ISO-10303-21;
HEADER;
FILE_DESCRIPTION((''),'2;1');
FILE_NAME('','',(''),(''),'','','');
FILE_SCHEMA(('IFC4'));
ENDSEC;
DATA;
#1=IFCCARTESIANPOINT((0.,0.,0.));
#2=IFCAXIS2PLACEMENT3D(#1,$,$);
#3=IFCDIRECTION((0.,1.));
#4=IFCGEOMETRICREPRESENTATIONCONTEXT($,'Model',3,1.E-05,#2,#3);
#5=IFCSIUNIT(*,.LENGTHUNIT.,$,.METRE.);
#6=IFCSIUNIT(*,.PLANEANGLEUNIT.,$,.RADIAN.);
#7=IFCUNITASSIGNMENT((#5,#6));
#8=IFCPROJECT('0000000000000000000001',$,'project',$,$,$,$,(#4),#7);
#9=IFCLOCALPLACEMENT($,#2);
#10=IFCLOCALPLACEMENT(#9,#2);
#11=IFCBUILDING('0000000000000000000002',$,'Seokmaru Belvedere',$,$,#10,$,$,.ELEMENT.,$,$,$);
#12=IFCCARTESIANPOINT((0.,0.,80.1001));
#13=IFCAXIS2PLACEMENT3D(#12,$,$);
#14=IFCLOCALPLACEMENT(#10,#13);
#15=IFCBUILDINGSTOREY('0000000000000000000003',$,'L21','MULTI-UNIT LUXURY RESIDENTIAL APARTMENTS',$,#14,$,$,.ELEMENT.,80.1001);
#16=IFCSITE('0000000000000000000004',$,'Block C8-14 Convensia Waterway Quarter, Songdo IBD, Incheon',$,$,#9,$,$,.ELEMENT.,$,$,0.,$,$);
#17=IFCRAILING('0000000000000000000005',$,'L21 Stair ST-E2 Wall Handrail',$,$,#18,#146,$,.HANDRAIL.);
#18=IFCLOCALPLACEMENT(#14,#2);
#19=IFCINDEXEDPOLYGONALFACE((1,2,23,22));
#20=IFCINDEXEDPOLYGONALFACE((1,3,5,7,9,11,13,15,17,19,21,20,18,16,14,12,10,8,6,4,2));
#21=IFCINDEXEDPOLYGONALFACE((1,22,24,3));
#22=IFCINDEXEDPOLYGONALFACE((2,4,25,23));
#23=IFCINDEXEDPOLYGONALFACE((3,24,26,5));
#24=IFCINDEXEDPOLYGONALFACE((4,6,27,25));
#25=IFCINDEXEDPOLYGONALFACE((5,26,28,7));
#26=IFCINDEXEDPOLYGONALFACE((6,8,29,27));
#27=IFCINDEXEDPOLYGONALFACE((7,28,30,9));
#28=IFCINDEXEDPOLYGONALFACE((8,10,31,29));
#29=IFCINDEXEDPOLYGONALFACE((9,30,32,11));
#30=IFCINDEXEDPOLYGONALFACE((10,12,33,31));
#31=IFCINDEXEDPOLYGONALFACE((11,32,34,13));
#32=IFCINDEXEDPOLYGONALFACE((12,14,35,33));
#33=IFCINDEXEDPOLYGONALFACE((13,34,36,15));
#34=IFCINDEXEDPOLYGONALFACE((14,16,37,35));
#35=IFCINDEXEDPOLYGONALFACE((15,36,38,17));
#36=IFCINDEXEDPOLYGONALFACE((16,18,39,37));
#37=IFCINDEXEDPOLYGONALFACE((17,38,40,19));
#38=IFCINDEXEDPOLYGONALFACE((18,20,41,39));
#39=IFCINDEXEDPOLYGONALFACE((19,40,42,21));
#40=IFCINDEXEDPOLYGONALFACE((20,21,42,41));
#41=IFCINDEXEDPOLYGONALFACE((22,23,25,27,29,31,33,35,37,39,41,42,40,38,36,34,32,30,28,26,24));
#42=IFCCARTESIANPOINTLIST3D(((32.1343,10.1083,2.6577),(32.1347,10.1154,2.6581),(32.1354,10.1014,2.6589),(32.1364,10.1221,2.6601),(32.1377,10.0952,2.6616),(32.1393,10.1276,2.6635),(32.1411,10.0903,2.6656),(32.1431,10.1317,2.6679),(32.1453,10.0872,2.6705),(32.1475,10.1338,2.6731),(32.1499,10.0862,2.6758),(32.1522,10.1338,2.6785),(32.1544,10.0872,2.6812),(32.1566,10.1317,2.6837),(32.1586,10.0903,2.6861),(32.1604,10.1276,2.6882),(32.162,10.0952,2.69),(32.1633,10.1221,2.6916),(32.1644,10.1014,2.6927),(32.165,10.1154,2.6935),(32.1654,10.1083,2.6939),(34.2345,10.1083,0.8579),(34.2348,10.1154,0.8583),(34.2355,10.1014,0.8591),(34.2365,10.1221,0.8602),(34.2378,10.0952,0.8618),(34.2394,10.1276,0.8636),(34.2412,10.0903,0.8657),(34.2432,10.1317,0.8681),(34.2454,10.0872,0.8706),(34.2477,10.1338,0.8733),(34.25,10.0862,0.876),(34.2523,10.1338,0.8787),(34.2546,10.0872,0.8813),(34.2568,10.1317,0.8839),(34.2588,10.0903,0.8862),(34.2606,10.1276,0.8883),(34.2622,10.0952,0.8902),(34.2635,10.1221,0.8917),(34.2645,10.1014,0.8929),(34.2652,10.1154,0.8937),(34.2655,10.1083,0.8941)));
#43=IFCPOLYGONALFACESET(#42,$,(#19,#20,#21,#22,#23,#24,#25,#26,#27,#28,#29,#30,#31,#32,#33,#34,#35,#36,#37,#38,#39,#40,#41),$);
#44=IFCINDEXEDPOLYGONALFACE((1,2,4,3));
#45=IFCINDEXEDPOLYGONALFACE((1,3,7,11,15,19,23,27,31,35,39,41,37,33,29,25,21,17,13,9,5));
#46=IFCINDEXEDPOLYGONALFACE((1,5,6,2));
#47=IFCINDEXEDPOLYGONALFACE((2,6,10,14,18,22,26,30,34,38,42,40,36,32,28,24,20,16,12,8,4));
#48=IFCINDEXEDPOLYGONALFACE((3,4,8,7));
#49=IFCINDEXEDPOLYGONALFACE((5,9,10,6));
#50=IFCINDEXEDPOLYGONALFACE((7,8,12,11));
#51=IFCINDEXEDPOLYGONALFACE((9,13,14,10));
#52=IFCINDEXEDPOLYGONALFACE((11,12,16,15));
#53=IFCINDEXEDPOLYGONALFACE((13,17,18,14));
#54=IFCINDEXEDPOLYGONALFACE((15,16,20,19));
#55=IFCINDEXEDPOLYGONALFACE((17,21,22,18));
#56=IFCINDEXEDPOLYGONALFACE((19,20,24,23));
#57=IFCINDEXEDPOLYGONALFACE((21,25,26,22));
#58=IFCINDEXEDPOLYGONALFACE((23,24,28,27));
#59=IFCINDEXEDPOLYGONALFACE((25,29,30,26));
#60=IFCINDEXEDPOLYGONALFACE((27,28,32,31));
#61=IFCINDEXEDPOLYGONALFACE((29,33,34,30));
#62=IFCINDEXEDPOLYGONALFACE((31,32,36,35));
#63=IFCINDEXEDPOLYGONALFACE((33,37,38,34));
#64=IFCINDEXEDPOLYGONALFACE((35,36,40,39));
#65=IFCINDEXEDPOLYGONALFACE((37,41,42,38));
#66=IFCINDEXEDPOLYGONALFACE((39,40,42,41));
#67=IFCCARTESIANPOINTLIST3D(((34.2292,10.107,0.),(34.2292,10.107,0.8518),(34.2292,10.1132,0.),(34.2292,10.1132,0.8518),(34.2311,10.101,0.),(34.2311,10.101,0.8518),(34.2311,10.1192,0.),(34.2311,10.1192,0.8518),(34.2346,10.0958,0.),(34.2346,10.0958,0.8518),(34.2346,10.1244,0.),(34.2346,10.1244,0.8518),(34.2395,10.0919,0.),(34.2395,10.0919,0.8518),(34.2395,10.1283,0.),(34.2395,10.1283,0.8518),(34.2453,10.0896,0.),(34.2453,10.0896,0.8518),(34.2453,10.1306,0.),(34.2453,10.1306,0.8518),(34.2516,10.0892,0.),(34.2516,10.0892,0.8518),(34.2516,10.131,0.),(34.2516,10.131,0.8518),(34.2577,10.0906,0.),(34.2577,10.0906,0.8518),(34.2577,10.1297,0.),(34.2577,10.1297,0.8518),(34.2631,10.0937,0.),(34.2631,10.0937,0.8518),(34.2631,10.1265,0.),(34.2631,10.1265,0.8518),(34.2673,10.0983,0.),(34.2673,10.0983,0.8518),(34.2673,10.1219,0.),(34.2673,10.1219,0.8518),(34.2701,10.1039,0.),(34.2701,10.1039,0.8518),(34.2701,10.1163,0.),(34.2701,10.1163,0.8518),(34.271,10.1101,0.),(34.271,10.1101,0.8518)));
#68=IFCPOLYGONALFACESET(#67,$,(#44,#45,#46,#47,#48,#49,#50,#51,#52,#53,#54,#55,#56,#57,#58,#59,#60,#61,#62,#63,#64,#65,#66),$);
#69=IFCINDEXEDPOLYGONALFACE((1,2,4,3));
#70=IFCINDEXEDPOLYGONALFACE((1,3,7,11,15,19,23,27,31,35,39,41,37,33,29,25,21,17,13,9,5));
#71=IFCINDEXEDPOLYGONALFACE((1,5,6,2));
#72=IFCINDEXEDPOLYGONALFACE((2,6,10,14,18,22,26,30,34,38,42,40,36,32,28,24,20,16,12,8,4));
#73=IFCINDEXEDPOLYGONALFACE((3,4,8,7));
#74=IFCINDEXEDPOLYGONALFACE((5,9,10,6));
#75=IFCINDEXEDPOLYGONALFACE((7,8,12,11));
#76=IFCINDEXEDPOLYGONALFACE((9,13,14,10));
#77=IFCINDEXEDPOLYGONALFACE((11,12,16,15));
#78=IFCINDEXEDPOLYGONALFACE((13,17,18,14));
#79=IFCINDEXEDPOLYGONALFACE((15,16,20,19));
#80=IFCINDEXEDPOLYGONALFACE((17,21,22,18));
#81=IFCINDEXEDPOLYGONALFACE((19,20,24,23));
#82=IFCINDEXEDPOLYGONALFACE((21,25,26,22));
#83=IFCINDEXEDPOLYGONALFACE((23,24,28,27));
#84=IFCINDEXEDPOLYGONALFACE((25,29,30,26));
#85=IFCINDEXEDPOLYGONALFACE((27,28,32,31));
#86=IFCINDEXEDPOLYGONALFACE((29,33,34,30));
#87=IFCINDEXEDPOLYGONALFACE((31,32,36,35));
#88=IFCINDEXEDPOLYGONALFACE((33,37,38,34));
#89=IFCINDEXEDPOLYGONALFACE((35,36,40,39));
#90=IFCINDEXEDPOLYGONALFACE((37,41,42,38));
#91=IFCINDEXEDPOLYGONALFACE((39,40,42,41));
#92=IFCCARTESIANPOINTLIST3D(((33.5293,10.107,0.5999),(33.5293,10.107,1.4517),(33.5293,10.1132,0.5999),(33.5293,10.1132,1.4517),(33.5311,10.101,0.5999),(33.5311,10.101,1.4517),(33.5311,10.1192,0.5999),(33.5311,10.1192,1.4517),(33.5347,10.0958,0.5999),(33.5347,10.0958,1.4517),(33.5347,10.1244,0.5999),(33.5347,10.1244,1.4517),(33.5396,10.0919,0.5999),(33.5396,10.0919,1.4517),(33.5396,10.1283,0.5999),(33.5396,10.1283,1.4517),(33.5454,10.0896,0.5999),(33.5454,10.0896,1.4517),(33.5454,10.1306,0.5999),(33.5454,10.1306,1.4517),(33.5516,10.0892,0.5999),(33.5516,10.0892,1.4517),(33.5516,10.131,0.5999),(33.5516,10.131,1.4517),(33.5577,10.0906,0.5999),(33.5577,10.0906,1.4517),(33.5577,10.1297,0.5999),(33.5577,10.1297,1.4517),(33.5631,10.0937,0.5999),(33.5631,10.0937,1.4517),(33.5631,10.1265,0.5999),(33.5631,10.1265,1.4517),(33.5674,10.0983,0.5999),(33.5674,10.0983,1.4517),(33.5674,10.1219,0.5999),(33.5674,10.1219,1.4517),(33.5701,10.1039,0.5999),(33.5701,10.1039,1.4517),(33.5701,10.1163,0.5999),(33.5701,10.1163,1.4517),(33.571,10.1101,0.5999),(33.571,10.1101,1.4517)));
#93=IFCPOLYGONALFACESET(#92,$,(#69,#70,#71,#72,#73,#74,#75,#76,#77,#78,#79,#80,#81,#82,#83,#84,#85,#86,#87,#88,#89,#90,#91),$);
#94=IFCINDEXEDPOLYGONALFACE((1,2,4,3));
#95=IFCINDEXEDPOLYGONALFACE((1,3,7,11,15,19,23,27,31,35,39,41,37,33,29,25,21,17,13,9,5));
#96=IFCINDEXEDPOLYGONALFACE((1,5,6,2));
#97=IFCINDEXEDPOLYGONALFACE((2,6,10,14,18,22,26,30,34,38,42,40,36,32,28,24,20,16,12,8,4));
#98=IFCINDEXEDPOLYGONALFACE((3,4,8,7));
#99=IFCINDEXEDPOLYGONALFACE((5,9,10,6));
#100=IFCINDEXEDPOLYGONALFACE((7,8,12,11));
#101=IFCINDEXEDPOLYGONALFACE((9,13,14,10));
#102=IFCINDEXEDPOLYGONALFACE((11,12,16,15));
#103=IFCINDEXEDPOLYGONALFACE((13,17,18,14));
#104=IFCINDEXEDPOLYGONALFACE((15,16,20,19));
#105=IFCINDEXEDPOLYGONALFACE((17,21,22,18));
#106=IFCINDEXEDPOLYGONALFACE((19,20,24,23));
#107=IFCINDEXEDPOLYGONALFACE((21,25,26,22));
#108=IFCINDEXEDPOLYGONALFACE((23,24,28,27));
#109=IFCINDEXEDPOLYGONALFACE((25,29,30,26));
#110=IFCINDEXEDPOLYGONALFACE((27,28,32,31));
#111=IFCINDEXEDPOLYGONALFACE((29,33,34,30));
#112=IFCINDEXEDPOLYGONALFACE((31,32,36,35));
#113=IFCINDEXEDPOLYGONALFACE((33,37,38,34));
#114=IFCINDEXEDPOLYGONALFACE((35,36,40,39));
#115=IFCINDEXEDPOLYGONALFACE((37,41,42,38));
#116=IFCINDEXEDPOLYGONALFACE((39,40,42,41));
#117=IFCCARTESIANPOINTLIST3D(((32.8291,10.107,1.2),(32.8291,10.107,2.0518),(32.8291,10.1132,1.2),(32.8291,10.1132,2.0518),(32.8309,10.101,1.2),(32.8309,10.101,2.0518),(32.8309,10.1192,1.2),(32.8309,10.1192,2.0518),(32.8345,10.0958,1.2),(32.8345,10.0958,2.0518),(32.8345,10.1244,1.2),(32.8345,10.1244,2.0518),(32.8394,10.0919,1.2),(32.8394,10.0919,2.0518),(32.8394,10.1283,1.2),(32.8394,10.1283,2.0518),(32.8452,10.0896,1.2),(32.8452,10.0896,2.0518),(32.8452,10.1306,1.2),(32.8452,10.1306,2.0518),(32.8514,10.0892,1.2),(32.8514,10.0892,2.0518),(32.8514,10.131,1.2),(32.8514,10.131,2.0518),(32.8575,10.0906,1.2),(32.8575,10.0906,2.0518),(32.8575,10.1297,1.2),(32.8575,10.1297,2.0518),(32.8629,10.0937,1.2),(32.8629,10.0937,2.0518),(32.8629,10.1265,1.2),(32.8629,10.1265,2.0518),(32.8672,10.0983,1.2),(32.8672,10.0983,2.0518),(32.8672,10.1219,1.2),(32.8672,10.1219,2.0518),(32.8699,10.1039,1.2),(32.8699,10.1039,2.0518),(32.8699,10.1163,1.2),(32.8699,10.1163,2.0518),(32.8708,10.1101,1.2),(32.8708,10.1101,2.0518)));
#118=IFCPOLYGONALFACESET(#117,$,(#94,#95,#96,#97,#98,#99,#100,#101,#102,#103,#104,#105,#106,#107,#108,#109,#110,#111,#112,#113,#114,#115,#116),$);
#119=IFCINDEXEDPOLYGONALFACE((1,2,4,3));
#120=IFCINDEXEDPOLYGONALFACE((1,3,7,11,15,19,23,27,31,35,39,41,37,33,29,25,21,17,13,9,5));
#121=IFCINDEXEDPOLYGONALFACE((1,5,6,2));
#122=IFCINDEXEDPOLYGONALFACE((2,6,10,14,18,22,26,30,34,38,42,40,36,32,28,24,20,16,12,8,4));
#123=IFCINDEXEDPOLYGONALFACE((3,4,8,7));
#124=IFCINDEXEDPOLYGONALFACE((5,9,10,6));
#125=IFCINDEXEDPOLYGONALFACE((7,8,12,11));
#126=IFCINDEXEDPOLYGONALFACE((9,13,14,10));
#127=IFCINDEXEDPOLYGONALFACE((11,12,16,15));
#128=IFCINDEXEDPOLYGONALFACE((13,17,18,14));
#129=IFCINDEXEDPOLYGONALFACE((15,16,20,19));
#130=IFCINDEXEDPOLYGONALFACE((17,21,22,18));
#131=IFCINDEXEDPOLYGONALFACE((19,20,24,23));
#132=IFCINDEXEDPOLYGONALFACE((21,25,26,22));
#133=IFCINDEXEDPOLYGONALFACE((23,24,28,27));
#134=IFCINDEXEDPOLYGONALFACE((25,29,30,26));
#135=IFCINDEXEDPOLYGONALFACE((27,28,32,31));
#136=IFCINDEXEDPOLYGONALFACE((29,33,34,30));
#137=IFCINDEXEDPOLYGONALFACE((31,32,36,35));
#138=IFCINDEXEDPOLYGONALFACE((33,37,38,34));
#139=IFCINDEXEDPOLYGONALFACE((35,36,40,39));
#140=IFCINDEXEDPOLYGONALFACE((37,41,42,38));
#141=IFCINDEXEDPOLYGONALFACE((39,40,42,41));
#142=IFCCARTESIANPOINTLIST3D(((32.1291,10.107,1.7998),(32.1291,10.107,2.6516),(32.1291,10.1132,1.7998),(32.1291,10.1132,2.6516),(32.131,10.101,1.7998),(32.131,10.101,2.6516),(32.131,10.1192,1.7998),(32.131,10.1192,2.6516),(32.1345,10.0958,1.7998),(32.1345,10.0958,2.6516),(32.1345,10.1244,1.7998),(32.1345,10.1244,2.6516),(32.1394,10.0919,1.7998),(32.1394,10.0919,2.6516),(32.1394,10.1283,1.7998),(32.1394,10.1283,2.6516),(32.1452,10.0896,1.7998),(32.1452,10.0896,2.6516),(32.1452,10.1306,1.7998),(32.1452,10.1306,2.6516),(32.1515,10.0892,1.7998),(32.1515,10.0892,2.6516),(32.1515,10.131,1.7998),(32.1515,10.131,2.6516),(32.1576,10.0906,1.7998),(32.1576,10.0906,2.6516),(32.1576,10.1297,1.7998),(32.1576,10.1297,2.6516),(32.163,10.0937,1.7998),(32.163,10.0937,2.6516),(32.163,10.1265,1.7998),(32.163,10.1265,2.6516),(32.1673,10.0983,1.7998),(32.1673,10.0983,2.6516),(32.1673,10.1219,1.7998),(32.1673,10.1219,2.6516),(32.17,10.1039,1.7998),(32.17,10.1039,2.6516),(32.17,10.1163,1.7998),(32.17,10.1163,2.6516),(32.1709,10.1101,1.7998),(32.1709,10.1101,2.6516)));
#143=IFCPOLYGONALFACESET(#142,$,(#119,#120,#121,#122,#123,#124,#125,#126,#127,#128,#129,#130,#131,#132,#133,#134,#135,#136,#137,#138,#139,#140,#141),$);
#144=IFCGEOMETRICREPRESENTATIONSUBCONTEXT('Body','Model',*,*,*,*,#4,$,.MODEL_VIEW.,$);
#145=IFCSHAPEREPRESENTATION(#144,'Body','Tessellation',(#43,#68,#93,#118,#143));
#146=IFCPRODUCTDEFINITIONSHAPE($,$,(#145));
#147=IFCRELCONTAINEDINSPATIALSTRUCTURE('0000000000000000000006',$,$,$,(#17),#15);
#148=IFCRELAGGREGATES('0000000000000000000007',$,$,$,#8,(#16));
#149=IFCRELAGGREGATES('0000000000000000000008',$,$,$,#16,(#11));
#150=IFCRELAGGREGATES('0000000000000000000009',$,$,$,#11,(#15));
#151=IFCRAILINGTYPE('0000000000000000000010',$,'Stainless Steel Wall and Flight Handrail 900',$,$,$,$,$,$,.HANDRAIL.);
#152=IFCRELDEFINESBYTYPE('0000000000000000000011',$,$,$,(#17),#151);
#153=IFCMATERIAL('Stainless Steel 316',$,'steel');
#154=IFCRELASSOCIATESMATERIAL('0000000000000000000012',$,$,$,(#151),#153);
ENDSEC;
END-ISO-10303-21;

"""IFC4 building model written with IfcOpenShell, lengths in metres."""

from ifc_helpers import new_model, si_unit, direction, frame, origin, origin_2d, place, context, subcontext, project, spatial, circle, extrude, material, type_object, element, save


model = new_model("IFC4")

# Units and contexts
model_context = context("Model", 3, precision=1e-05, world=origin(), true_north=direction((0.0, 1.0)))
body_context = subcontext(model_context, "Body", "Model", "MODEL_VIEW")
ifc_project = project(units=[si_unit("LENGTHUNIT", "METRE"), si_unit("PLANEANGLEUNIT", "RADIAN")], contexts=[model_context])

# Site, building, storey
site_placement = place(None, origin())
site = spatial("IfcSite", under=ifc_project, at=site_placement, Name="Block C8-14 Convensia Waterway Quarter, Songdo IBD, Incheon", CompositionType="ELEMENT", RefElevation=0.0)
building_placement = place(site_placement, origin())
building = spatial("IfcBuilding", under=site, at=building_placement, Name="Seokmaru Belvedere", CompositionType="ELEMENT")
storey_placement = place(building_placement, frame((0.0, 0.0, 80.1001)))
storey = spatial("IfcBuildingStorey", under=building, at=storey_placement, Name="L21", Description="MULTI-UNIT LUXURY RESIDENTIAL APARTMENTS", CompositionType="ELEMENT", Elevation=80.1001)

# Railing
ifc_material_1 = material(Name="Stainless Steel 316", Category="steel")
railing_type_1 = type_object("IfcRailingType", Name="Stainless Steel Wall and Flight Handrail 900", PredefinedType="HANDRAIL", material=ifc_material_1)
railing_1_placement = place(storey_placement, frame((34.25, 10.1101, 0.0)))
element("IfcRailing", 1, at=railing_1_placement, inside=storey, type_object=railing_type_1, Name="L21 Stair ST-E2 Wall Handrail", PredefinedType="HANDRAIL", context=body_context, shape_type="SweptSolid", body=[
    extrude(circle(Radius=0.0239, at=origin_2d()), frame((0.0, 0.0, 0.876), z_axis=(-0.759306, 0.0, 0.650733), x_axis=(0.0, -1.0, 0.0)), (0.0, 0.0, 1.0), 2.7659),
    extrude(circle(Radius=0.021, at=origin_2d()), origin(), (0.0, 0.0, 1.0), 0.8518),
    extrude(circle(Radius=0.021, at=origin_2d()), frame((-0.7, 0.0, 0.5999)), (0.0, 0.0, 1.0), 0.8518),
    extrude(circle(Radius=0.021, at=origin_2d()), frame((-1.4001, 0.0, 1.2)), (0.0, 0.0, 1.0), 0.8518),
    extrude(circle(Radius=0.021, at=origin_2d()), frame((-2.1001, 0.0, 1.7998)), (0.0, 0.0, 1.0), 0.8518),
])

save(model, "model.ifc")
